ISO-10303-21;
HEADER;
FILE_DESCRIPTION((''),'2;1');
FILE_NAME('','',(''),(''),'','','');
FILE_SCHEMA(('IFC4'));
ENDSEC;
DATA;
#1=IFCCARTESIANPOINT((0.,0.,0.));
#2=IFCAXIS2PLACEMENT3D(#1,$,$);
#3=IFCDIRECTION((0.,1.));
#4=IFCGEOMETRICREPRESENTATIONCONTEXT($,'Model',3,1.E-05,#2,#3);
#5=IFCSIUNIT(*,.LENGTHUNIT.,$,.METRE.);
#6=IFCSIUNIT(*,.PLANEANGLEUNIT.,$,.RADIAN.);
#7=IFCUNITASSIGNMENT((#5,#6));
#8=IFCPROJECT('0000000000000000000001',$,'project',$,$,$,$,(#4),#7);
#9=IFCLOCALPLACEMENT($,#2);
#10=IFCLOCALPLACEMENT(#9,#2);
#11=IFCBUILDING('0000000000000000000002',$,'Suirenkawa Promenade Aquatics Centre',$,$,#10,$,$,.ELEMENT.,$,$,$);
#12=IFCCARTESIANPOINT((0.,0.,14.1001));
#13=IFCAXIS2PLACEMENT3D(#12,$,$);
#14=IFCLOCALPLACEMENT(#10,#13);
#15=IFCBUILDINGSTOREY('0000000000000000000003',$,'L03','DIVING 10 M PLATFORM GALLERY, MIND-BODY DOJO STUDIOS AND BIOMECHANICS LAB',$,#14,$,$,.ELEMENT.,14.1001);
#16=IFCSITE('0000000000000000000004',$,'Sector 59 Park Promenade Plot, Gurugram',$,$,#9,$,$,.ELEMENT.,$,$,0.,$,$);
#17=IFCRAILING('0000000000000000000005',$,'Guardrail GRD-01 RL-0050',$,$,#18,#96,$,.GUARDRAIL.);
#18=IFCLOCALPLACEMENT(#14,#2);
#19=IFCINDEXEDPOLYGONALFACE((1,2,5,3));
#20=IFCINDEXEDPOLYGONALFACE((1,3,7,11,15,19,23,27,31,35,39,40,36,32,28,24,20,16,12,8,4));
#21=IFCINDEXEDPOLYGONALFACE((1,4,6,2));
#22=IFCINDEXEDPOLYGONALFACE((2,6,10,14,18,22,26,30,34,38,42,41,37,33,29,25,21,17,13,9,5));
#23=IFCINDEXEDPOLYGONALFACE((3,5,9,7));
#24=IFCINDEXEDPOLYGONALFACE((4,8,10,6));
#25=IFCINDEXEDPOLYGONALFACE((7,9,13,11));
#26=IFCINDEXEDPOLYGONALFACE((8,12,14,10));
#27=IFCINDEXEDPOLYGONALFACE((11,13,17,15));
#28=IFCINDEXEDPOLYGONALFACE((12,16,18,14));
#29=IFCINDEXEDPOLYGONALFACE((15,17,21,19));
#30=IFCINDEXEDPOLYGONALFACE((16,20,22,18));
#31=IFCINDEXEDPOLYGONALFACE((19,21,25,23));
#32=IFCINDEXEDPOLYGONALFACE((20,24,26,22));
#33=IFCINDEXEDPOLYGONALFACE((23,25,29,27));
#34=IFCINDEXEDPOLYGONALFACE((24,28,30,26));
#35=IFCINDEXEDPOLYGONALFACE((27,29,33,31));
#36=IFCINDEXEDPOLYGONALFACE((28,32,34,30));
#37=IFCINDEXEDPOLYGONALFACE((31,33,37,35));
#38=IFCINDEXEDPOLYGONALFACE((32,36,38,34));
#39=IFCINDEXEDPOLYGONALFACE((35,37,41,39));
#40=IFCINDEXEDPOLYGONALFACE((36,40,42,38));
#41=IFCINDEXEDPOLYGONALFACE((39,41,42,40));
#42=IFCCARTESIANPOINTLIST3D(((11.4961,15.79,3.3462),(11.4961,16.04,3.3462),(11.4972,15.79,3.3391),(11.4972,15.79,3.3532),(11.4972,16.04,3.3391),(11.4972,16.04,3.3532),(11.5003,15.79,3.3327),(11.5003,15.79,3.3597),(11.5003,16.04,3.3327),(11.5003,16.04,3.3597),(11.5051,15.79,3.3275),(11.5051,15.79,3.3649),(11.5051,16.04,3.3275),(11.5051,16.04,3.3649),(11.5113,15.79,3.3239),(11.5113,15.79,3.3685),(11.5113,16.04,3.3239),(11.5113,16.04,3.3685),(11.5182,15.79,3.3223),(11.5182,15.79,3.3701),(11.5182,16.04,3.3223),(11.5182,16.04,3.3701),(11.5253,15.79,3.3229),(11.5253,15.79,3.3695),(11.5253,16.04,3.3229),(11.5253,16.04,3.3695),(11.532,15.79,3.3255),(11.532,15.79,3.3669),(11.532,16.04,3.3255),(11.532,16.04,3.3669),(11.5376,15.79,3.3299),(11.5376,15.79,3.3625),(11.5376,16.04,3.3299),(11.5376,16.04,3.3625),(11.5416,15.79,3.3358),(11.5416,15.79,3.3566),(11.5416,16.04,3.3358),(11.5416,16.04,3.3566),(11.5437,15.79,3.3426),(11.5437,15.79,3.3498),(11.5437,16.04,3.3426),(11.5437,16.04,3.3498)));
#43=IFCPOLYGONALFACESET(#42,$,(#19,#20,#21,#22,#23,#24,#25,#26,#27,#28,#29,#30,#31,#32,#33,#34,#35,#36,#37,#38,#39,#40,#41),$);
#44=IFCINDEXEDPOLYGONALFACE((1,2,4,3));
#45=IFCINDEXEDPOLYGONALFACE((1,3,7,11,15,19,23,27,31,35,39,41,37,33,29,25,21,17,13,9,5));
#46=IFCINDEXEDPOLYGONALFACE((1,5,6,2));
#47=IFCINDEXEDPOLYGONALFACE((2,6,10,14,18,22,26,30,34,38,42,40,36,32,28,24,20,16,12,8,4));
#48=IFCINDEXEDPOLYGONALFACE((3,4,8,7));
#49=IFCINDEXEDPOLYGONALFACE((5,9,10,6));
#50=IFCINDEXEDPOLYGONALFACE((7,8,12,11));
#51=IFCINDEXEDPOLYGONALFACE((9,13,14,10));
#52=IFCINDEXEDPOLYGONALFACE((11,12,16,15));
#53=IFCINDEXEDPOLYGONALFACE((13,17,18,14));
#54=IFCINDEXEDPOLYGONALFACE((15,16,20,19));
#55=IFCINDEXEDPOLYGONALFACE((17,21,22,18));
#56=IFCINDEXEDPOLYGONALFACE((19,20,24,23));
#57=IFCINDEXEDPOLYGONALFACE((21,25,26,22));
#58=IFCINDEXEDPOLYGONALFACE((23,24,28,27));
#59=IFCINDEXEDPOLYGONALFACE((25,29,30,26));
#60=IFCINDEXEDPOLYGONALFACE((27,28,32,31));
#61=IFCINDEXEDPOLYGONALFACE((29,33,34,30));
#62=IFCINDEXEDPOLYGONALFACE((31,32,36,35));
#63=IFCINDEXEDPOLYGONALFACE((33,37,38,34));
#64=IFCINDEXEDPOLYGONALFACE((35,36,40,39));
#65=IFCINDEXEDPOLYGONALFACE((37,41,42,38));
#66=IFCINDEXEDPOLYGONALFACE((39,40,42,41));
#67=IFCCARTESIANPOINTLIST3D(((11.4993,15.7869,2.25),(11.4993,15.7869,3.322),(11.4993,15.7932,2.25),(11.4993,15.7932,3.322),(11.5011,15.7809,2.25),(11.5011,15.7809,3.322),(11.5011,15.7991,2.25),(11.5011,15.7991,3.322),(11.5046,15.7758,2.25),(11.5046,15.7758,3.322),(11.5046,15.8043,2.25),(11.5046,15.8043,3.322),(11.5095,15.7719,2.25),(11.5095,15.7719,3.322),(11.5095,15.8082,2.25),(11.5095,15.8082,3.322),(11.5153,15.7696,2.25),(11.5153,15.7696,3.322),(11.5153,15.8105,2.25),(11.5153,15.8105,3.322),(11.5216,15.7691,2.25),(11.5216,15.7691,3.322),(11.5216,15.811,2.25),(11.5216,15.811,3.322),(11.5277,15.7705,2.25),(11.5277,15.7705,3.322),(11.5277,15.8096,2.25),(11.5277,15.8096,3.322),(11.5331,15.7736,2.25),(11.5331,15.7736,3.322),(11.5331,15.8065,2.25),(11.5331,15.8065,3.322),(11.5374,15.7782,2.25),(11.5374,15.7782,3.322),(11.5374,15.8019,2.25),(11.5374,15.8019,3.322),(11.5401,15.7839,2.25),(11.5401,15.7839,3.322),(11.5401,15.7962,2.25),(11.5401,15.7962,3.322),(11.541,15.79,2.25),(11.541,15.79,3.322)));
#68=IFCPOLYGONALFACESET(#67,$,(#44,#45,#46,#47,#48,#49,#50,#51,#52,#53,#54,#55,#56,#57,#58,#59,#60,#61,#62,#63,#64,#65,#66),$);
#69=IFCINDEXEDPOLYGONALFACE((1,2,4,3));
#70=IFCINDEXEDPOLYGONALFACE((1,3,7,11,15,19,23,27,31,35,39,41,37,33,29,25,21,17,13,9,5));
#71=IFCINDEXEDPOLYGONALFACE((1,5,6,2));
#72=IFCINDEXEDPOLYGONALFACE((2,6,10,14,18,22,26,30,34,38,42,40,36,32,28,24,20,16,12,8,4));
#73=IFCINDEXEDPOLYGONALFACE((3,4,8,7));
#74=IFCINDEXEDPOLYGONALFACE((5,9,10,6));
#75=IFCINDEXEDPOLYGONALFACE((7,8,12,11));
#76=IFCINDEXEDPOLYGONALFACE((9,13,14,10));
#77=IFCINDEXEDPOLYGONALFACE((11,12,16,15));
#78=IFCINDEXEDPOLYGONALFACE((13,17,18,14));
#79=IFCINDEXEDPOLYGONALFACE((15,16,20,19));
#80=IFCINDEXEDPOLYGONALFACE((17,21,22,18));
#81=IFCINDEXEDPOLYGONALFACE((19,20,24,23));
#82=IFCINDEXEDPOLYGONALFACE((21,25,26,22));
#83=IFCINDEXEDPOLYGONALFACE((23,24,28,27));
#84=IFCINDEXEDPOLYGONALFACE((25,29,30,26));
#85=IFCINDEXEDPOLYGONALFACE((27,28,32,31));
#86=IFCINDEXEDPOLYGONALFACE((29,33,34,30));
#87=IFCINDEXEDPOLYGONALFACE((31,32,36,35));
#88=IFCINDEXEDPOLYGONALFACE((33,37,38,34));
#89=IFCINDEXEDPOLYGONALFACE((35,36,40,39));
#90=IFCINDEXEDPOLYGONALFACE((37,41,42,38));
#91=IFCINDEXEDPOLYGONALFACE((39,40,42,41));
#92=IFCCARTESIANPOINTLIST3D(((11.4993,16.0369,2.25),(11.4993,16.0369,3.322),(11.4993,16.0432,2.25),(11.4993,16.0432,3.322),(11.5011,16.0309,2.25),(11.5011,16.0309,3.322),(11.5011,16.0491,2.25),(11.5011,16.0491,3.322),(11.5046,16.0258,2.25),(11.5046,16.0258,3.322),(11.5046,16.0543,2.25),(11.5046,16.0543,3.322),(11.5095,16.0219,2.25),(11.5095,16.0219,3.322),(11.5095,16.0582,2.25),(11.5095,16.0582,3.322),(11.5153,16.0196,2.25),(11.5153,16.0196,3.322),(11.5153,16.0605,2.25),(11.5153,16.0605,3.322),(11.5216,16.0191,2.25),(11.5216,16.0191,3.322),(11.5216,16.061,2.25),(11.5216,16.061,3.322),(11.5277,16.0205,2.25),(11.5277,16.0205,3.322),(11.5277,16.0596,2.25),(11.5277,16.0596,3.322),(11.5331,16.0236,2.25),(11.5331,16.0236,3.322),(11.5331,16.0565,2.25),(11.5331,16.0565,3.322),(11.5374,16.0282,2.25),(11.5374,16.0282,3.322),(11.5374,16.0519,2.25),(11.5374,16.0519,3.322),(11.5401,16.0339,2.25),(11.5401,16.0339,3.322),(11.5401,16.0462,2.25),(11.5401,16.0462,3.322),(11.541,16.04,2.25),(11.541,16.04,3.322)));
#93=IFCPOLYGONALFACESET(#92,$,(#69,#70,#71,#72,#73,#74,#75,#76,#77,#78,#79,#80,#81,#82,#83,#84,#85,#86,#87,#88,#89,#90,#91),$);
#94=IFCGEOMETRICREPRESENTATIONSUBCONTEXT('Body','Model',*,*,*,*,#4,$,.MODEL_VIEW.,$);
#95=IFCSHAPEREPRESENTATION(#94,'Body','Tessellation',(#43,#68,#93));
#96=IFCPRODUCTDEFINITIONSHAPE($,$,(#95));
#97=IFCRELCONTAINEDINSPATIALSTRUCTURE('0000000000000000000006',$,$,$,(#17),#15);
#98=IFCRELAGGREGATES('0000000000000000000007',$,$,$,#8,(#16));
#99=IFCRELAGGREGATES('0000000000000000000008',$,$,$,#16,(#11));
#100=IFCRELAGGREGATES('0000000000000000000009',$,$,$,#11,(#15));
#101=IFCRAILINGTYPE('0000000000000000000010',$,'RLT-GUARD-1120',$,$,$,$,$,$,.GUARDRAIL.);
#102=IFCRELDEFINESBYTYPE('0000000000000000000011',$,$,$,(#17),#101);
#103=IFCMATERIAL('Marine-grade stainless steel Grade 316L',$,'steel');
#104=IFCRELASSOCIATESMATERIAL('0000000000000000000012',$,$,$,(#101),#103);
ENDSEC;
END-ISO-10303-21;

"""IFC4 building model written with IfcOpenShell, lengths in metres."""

from ifc_helpers import new_model, si_unit, direction, frame, origin, origin_2d, place, context, subcontext, project, spatial, circle, extrude, material, type_object, element, save


model = new_model("IFC4")

# Units and contexts
model_context = context("Model", 3, precision=1e-05, world=origin(), true_north=direction((0.0, 1.0)))
body_context = subcontext(model_context, "Body", "Model", "MODEL_VIEW")
ifc_project = project(units=[si_unit("LENGTHUNIT", "METRE"), si_unit("PLANEANGLEUNIT", "RADIAN")], contexts=[model_context])

# Site, building, storey
site_placement = place(None, origin())
site = spatial("IfcSite", under=ifc_project, at=site_placement, Name="Sector 59 Park Promenade Plot, Gurugram", CompositionType="ELEMENT", RefElevation=0.0)
building_placement = place(site_placement, origin())
building = spatial("IfcBuilding", under=site, at=building_placement, Name="Suirenkawa Promenade Aquatics Centre", CompositionType="ELEMENT")
storey_placement = place(building_placement, frame((0.0, 0.0, 14.1001)))
storey = spatial("IfcBuildingStorey", under=building, at=storey_placement, Name="L03", Description="DIVING 10 M PLATFORM GALLERY, MIND-BODY DOJO STUDIOS AND BIOMECHANICS LAB", CompositionType="ELEMENT", Elevation=14.1001)

# Shared definitions
ifc_material_1 = material(Name="Marine-grade stainless steel Grade 316L", Category="steel")

# Railing
railing_type_1 = type_object("IfcRailingType", Name="RLT-GUARD-1120", PredefinedType="GUARDRAIL", material=ifc_material_1)
railing_1_placement = place(storey_placement, frame((11.52, 15.79, 2.25)))
element("IfcRailing", 1, at=railing_1_placement, inside=storey, type_object=railing_type_1, Name="Guardrail GRD-01 RL-0050", PredefinedType="GUARDRAIL", context=body_context, shape_type="SweptSolid", body=[
    extrude(circle(Radius=0.0239, at=origin_2d()), frame((0.0, 0.0, 1.0962), z_axis=(0.0, 1.0, 0.0), x_axis=(-1.0, 0.0, 0.0)), (0.0, 0.0, 1.0), 0.25),
    extrude(circle(Radius=0.021, at=origin_2d()), origin(), (0.0, 0.0, 1.0), 1.072),
    extrude(circle(Radius=0.021, at=origin_2d()), frame((0.0, 0.25, 0.0)), (0.0, 0.0, 1.0), 1.072),
])

save(model, "model.ifc")
